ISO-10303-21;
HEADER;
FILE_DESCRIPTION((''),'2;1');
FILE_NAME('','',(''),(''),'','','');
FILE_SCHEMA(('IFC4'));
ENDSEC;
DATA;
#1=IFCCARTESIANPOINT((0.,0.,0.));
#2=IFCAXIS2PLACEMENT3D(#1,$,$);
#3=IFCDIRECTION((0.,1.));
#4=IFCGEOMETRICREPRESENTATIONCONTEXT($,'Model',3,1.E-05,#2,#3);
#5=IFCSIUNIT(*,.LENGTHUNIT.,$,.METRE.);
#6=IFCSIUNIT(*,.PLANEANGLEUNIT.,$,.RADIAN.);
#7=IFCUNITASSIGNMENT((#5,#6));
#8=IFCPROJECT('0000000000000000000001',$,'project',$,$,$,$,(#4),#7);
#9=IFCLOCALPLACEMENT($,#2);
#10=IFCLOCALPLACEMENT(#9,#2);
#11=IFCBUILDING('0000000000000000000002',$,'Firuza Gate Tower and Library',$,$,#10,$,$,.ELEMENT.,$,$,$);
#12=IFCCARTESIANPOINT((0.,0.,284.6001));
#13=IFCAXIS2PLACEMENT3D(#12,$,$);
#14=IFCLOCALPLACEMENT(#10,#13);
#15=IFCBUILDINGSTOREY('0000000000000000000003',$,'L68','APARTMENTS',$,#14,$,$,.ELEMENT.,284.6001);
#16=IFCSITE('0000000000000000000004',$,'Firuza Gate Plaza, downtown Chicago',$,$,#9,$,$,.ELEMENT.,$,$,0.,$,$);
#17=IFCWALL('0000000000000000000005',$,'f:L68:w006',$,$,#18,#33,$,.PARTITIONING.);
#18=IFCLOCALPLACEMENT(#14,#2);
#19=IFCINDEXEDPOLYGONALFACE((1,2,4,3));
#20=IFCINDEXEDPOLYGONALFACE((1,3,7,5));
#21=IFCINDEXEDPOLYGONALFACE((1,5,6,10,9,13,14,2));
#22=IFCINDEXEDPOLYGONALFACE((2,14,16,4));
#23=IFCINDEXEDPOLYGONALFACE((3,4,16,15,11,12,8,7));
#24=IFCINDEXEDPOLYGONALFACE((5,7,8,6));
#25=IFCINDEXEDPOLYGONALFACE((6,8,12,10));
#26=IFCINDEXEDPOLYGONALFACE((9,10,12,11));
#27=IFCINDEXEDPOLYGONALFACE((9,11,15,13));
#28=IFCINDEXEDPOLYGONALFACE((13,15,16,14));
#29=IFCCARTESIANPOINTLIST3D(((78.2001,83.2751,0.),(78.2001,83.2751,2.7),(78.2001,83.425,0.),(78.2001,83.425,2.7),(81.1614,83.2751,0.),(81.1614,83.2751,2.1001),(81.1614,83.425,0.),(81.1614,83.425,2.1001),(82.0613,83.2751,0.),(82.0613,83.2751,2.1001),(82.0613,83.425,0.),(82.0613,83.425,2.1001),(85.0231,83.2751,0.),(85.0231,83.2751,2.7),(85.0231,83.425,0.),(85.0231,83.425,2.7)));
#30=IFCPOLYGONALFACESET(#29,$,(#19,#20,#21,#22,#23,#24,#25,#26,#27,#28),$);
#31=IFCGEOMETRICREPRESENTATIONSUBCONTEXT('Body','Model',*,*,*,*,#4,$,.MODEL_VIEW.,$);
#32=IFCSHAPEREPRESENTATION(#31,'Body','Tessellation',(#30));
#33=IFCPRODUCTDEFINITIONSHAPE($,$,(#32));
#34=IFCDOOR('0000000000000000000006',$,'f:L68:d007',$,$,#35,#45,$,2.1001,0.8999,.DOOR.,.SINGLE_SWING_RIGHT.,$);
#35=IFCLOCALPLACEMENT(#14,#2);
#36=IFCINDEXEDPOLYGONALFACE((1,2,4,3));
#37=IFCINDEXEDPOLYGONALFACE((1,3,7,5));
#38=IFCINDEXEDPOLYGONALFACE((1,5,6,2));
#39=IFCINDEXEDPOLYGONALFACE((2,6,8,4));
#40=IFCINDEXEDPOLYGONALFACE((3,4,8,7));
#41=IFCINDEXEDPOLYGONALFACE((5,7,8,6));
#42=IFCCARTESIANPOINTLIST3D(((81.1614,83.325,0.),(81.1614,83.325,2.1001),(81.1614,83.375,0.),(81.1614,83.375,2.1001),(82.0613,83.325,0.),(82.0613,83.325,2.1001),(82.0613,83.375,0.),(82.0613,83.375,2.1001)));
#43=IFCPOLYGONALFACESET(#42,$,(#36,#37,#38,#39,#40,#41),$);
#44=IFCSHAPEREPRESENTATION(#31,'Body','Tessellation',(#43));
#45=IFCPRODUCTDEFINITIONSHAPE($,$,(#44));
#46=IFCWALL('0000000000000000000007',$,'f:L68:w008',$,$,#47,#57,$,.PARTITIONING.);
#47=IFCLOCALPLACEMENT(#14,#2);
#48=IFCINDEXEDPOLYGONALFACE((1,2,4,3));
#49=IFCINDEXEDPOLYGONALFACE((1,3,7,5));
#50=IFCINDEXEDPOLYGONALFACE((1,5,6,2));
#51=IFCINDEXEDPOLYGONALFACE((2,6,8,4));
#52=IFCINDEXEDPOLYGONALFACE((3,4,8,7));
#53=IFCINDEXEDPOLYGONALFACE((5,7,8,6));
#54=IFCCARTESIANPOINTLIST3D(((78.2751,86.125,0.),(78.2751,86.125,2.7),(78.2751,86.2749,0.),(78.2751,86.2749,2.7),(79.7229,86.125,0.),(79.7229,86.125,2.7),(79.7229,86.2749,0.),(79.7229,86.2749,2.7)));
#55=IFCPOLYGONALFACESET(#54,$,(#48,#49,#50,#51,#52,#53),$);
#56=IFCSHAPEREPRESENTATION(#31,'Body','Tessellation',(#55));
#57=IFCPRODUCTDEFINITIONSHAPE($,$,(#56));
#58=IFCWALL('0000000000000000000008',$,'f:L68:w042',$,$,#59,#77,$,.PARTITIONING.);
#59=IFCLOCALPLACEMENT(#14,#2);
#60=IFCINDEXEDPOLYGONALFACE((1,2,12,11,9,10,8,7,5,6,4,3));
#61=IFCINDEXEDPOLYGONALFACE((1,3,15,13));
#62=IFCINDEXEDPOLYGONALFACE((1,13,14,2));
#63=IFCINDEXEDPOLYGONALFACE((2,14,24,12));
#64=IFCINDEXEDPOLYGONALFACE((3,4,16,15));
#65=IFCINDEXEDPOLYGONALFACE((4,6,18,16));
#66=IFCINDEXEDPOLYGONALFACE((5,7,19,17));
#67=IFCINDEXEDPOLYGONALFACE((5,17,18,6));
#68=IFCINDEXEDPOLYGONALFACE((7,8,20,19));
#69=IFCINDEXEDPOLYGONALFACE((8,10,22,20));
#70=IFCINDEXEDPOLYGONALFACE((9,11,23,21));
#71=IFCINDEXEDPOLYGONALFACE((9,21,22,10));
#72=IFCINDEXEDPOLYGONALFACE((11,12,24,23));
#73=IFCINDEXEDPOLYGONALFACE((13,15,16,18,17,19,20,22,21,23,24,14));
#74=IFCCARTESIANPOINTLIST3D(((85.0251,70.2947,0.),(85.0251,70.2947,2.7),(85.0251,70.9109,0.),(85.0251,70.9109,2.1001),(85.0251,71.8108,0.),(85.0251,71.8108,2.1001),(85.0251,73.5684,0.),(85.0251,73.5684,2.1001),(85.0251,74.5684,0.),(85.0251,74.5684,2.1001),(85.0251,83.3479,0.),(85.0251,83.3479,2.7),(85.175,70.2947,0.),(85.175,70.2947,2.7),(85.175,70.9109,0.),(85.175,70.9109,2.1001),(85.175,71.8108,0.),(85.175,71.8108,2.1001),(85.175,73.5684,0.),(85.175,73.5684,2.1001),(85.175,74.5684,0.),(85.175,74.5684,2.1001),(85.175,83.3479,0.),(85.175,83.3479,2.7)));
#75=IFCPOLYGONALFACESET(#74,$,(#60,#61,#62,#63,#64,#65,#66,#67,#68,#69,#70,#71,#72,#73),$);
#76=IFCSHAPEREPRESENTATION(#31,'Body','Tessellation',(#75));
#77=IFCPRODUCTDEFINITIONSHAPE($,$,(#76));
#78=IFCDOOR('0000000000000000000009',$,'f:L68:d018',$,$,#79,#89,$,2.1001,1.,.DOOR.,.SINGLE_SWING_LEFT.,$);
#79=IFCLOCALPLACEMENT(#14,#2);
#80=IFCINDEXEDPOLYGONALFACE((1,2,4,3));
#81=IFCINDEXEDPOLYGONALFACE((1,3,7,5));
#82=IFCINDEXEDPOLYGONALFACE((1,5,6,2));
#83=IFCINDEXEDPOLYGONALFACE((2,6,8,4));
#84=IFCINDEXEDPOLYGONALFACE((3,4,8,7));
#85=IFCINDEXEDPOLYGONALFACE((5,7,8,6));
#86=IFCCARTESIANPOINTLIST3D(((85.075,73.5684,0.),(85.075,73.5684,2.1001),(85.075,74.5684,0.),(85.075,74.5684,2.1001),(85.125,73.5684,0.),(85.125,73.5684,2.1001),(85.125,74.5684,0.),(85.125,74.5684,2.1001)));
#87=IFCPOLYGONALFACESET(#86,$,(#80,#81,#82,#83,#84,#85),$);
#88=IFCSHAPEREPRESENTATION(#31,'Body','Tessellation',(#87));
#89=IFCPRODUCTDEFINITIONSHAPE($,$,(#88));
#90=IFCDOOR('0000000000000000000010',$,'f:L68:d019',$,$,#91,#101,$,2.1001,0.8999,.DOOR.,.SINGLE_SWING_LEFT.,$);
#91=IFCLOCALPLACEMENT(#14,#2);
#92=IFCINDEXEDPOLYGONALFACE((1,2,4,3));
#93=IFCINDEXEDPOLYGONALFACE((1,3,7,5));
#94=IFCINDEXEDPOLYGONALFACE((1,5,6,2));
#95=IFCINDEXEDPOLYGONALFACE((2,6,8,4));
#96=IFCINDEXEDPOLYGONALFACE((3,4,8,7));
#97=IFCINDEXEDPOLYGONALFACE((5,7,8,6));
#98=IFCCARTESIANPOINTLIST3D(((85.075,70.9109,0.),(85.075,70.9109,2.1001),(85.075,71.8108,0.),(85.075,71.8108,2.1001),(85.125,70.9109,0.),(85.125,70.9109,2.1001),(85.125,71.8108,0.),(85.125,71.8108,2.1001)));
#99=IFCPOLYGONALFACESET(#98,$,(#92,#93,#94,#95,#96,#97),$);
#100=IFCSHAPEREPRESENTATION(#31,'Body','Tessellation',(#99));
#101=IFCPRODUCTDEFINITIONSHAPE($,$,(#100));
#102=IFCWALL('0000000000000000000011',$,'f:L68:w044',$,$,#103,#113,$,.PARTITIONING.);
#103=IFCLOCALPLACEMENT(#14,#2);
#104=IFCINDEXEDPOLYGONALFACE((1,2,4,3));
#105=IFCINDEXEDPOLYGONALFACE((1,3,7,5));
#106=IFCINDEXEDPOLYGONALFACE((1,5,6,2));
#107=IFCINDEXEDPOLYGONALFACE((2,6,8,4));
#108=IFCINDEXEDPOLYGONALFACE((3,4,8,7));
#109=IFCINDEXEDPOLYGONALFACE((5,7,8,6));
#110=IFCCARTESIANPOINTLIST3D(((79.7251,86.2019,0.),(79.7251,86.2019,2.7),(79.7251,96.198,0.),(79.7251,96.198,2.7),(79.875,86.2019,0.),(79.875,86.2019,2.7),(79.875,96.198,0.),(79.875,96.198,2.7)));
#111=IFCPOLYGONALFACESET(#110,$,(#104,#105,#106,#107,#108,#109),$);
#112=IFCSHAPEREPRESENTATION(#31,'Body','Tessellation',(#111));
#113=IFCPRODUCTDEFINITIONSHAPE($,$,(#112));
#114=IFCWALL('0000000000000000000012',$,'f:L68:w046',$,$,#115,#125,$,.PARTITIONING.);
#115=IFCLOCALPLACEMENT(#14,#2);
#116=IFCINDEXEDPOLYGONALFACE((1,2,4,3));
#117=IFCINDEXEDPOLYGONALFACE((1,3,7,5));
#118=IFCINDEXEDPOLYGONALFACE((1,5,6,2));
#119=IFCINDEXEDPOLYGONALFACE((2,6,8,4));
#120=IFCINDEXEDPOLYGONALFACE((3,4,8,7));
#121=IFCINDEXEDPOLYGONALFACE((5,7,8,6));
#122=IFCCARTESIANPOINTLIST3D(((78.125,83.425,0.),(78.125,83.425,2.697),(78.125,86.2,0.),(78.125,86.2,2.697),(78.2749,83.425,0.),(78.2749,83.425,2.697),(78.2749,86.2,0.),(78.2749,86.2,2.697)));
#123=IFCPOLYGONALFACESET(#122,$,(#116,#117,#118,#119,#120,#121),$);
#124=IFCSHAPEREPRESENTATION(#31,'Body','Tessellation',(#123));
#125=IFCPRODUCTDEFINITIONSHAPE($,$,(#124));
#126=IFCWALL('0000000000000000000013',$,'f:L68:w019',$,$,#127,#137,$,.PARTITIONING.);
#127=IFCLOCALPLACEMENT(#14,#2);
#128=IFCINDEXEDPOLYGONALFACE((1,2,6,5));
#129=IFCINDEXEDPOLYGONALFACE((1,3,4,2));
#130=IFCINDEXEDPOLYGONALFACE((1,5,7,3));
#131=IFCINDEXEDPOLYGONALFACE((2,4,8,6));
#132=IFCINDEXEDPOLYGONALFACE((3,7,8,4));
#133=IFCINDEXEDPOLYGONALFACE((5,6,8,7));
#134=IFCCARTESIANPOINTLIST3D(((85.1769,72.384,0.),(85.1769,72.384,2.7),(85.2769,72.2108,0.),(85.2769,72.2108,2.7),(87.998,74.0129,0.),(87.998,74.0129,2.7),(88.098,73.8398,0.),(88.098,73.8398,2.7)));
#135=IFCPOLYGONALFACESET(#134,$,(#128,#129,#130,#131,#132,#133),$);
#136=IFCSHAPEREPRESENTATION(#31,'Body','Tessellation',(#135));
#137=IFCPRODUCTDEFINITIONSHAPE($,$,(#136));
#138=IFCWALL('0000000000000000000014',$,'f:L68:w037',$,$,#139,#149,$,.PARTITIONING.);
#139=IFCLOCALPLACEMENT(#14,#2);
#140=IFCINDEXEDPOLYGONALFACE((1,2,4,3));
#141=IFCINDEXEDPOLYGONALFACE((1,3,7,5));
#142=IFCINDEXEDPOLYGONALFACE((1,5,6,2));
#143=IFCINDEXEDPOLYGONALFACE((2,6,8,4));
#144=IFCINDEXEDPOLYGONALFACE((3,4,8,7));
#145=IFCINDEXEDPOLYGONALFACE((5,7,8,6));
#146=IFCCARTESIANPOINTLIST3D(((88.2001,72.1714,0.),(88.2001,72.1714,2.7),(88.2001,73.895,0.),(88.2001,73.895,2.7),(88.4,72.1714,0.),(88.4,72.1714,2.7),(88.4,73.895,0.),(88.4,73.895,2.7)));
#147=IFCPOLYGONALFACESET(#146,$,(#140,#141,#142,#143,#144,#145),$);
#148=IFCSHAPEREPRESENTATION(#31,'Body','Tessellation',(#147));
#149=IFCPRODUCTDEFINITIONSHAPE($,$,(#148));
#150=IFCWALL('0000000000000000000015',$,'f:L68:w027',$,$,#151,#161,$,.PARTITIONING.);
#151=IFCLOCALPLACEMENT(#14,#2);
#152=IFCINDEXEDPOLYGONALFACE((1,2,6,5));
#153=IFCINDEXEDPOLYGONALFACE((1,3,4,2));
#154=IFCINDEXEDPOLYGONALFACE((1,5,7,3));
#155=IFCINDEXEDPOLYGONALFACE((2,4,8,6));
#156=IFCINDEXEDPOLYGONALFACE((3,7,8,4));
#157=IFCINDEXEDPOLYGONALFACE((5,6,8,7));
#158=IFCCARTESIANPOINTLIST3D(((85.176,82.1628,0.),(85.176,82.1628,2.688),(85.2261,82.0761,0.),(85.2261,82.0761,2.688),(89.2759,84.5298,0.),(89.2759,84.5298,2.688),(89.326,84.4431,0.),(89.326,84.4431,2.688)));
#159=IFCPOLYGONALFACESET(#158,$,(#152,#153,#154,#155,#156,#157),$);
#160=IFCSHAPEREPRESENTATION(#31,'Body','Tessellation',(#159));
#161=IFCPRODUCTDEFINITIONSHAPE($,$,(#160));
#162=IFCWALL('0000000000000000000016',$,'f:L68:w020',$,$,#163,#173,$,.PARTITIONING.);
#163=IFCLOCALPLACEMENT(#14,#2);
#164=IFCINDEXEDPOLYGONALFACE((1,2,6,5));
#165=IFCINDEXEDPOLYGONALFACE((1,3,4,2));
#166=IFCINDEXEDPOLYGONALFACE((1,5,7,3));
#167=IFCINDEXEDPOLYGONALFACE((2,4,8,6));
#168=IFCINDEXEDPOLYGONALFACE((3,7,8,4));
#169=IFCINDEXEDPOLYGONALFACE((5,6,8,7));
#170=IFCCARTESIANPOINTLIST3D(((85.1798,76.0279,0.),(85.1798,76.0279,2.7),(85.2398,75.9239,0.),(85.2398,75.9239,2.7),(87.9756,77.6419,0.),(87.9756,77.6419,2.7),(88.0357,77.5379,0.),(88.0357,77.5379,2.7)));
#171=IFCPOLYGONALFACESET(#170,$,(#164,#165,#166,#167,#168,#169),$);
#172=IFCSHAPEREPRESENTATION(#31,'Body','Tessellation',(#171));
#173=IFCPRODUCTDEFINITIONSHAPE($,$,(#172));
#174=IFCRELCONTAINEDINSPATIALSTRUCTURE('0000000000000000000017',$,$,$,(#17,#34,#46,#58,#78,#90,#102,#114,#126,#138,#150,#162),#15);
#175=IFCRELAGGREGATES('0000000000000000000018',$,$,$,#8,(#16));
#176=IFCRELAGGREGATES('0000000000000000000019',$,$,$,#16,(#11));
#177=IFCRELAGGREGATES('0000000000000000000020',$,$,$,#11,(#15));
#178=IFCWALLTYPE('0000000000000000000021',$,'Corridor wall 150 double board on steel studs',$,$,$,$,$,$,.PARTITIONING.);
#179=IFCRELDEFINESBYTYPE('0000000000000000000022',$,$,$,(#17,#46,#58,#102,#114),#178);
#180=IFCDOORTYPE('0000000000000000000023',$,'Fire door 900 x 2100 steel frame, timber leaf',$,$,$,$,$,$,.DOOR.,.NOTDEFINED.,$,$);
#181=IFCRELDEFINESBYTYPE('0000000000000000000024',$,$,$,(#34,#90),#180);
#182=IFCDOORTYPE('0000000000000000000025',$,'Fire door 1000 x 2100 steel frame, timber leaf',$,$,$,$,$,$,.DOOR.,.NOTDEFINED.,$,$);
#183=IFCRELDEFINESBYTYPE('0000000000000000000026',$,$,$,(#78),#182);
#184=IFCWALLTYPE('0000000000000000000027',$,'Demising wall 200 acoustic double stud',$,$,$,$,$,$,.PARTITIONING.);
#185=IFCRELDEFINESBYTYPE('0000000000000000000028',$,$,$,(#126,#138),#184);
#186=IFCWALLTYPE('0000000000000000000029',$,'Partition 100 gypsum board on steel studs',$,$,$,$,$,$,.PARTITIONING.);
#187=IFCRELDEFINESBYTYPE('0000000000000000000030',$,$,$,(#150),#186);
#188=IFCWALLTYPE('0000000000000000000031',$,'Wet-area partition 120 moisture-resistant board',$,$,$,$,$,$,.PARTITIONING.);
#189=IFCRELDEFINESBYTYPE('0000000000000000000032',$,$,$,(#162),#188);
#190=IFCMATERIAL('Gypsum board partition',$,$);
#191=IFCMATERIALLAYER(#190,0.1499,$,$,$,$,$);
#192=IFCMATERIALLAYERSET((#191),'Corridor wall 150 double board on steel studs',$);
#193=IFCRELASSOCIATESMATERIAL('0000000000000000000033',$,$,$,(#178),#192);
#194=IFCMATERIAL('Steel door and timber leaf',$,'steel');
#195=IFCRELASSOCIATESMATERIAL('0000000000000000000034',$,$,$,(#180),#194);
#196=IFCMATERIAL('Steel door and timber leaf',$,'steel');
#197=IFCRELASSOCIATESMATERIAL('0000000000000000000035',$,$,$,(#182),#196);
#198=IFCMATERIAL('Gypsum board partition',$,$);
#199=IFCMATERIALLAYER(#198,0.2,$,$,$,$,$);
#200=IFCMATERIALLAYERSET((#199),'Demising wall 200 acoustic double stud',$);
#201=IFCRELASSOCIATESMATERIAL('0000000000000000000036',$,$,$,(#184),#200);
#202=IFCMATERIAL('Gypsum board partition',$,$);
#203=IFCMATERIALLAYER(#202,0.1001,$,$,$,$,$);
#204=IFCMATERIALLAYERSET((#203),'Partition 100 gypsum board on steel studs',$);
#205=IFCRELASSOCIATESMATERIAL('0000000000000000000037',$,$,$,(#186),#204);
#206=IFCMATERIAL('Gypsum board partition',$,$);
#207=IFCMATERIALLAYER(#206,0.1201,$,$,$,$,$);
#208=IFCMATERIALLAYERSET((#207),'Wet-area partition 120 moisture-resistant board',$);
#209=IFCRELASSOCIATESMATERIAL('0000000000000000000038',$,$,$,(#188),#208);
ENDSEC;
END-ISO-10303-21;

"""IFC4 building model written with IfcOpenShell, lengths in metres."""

from ifc_helpers import new_model, si_unit, direction, frame, frame_2d, origin, place, context, subcontext, project, spatial, rectangle, extrude, material, layer, layer_set, type_object, element, fill, save


model = new_model("IFC4")

# Units and contexts
model_context = context("Model", 3, precision=1e-05, world=origin(), true_north=direction((0.0, 1.0)))
body_context = subcontext(model_context, "Body", "Model", "MODEL_VIEW")
ifc_project = project(units=[si_unit("LENGTHUNIT", "METRE"), si_unit("PLANEANGLEUNIT", "RADIAN")], contexts=[model_context])

# Site, building, storey
site_placement = place(None, origin())
site = spatial("IfcSite", under=ifc_project, at=site_placement, Name="Firuza Gate Plaza, downtown Chicago", CompositionType="ELEMENT", RefElevation=0.0)
building_placement = place(site_placement, origin())
building = spatial("IfcBuilding", under=site, at=building_placement, Name="Firuza Gate Tower and Library", CompositionType="ELEMENT")
storey_placement = place(building_placement, frame((0.0, 0.0, 284.6001)))
storey = spatial("IfcBuildingStorey", under=building, at=storey_placement, Name="L68", Description="APARTMENTS", CompositionType="ELEMENT", Elevation=284.6001)

# Wall, opening, door
ifc_material_1 = material(Name="Gypsum board partition")
ifc_layer_1 = layer(ifc_material_1, 0.1499)
ifc_layer_set_1 = layer_set([ifc_layer_1], Name="Corridor wall 150 double board on steel studs")
wall_type_1 = type_object("IfcWallType", Name="Corridor wall 150 double board on steel studs", PredefinedType="PARTITIONING", material=ifc_layer_set_1)
wall_1_placement = place(storey_placement, frame((78.2, 83.3501, 0.0), z_axis=(0.0, 0.0, 1.0), x_axis=(1.0, 0.0, 0.0)))
wall_1 = element("IfcWall", 1, at=wall_1_placement, inside=storey, type_object=wall_type_1, Name="f:L68:w006", PredefinedType="PARTITIONING", context=body_context, shape_type="SweptSolid", body=[
    extrude(rectangle(XDim=6.823, YDim=0.1499, at=frame_2d((3.4116, 0.0))), origin(), (0.0, 0.0, 1.0), 2.7),
])
opening_1_placement = place(wall_1_placement, frame((2.9614, 0.0, 0.0)))
opening_1 = element("IfcOpeningElement", 2, at=opening_1_placement, cuts=wall_1, PredefinedType="OPENING", context=body_context, shape_type="SweptSolid", body=[
    extrude(rectangle(XDim=0.8999, YDim=2.1001, at=frame_2d((0.45, 1.05))), frame((0.0, 0.085, 0.0), z_axis=(0.0, -1.0, 0.0), x_axis=(1.0, 0.0, 0.0)), (0.0, 0.0, 1.0), 0.1699),
])
ifc_material_2 = material(Name="Steel door and timber leaf", Category="steel")
door_type_1 = type_object("IfcDoorType", Name="Fire door 900 x 2100 steel frame, timber leaf", OperationType="NOTDEFINED", PredefinedType="DOOR", material=ifc_material_2)
door_1_placement = place(opening_1_placement, origin())
door_1 = element("IfcDoor", 3, at=door_1_placement, inside=storey, type_object=door_type_1, Name="f:L68:d007", OperationType="SINGLE_SWING_RIGHT", OverallHeight=2.1001, OverallWidth=0.8999, PredefinedType="DOOR", context=body_context, shape_type="SweptSolid", body=[
    extrude(rectangle(XDim=0.8999, YDim=2.1001, at=frame_2d((0.45, 1.05))), frame((0.0, 0.0249, 0.0), z_axis=(0.0, -1.0, 0.0), x_axis=(1.0, 0.0, 0.0)), (0.0, 0.0, 1.0), 0.05),
])
fill(opening_1, door_1)

# Wall
wall_2_placement = place(storey_placement, frame((78.2751, 86.2, 0.0), z_axis=(0.0, 0.0, 1.0), x_axis=(1.0, 0.0, 0.0)))
element("IfcWall", 4, at=wall_2_placement, inside=storey, type_object=wall_type_1, Name="f:L68:w008", PredefinedType="PARTITIONING", context=body_context, shape_type="SweptSolid", body=[
    extrude(rectangle(XDim=1.4478, YDim=0.1499, at=frame_2d((0.7239, 0.0))), origin(), (0.0, 0.0, 1.0), 2.7),
])

# Wall, openings, doors
wall_3_placement = place(storey_placement, frame((85.1001, 83.3479, 0.0), z_axis=(0.0, 0.0, 1.0), x_axis=(0.0, -1.0, 0.0)))
wall_3 = element("IfcWall", 5, at=wall_3_placement, inside=storey, type_object=wall_type_1, Name="f:L68:w042", PredefinedType="PARTITIONING", context=body_context, shape_type="SweptSolid", body=[
    extrude(rectangle(XDim=13.0532, YDim=0.1499, at=frame_2d((6.5266, 0.0))), origin(), (0.0, 0.0, 1.0), 2.7),
])
opening_2_placement = place(wall_3_placement, frame((8.7795, 0.0, 0.0)))
opening_2 = element("IfcOpeningElement", 6, at=opening_2_placement, cuts=wall_3, PredefinedType="OPENING", context=body_context, shape_type="SweptSolid", body=[
    extrude(rectangle(XDim=1.0, YDim=2.1001, at=frame_2d((0.5, 1.05))), frame((0.0, 0.085, 0.0), z_axis=(0.0, -1.0, 0.0), x_axis=(1.0, 0.0, 0.0)), (0.0, 0.0, 1.0), 0.1699),
])
opening_3_placement = place(wall_3_placement, frame((11.5371, 0.0, 0.0)))
opening_3 = element("IfcOpeningElement", 7, at=opening_3_placement, cuts=wall_3, PredefinedType="OPENING", context=body_context, shape_type="SweptSolid", body=[
    extrude(rectangle(XDim=0.8999, YDim=2.1001, at=frame_2d((0.45, 1.05))), frame((0.0, 0.085, 0.0), z_axis=(0.0, -1.0, 0.0), x_axis=(1.0, 0.0, 0.0)), (0.0, 0.0, 1.0), 0.1699),
])
ifc_material_3 = material(Name="Steel door and timber leaf", Category="steel")
door_type_2 = type_object("IfcDoorType", Name="Fire door 1000 x 2100 steel frame, timber leaf", OperationType="NOTDEFINED", PredefinedType="DOOR", material=ifc_material_3)
door_2_placement = place(opening_2_placement, origin())
door_2 = element("IfcDoor", 8, at=door_2_placement, inside=storey, type_object=door_type_2, Name="f:L68:d018", OperationType="SINGLE_SWING_LEFT", OverallHeight=2.1001, OverallWidth=1.0, PredefinedType="DOOR", context=body_context, shape_type="SweptSolid", body=[
    extrude(rectangle(XDim=1.0, YDim=2.1001, at=frame_2d((0.5, 1.05))), frame((0.0, 0.0249, 0.0), z_axis=(0.0, -1.0, 0.0), x_axis=(1.0, 0.0, 0.0)), (0.0, 0.0, 1.0), 0.05),
])
fill(opening_2, door_2)
door_3_placement = place(opening_3_placement, origin())
door_3 = element("IfcDoor", 9, at=door_3_placement, inside=storey, type_object=door_type_1, Name="f:L68:d019", OperationType="SINGLE_SWING_LEFT", OverallHeight=2.1001, OverallWidth=0.8999, PredefinedType="DOOR", context=body_context, shape_type="SweptSolid", body=[
    extrude(rectangle(XDim=0.8999, YDim=2.1001, at=frame_2d((0.45, 1.05))), frame((0.0, 0.0249, 0.0), z_axis=(0.0, -1.0, 0.0), x_axis=(1.0, 0.0, 0.0)), (0.0, 0.0, 1.0), 0.05),
])
fill(opening_3, door_3)

# Walls
wall_4_placement = place(storey_placement, frame((79.8, 86.2019, 0.0), z_axis=(0.0, 0.0, 1.0), x_axis=(0.0, 1.0, 0.0)))
element("IfcWall", 10, at=wall_4_placement, inside=storey, type_object=wall_type_1, Name="f:L68:w044", PredefinedType="PARTITIONING", context=body_context, shape_type="SweptSolid", body=[
    extrude(rectangle(XDim=9.9961, YDim=0.1499, at=frame_2d((4.998, 0.0))), origin(), (0.0, 0.0, 1.0), 2.7),
])
wall_5_placement = place(storey_placement, frame((78.2, 83.425, 0.0), z_axis=(0.0, 0.0, 1.0), x_axis=(0.0, 1.0, 0.0)))
element("IfcWall", 11, at=wall_5_placement, inside=storey, type_object=wall_type_1, Name="f:L68:w046", PredefinedType="PARTITIONING", context=body_context, shape_type="SweptSolid", body=[
    extrude(rectangle(XDim=2.7749, YDim=0.1499, at=frame_2d((1.3875, 0.0))), origin(), (0.0, 0.0, 1.0), 2.697),
])
ifc_material_4 = material(Name="Gypsum board partition")
ifc_layer_2 = layer(ifc_material_4, 0.2)
ifc_layer_set_2 = layer_set([ifc_layer_2], Name="Demising wall 200 acoustic double stud")
wall_type_2 = type_object("IfcWallType", Name="Demising wall 200 acoustic double stud", PredefinedType="PARTITIONING", material=ifc_layer_set_2)
wall_6_placement = place(storey_placement, frame((85.2268, 72.2974, 0.0), z_axis=(0.0, 0.0, 1.0), x_axis=(0.866002, 0.50004, 0.0)))
element("IfcWall", 12, at=wall_6_placement, inside=storey, type_object=wall_type_2, Name="f:L68:w019", PredefinedType="PARTITIONING", context=body_context, shape_type="SweptSolid", body=[
    extrude(rectangle(XDim=3.2576, YDim=0.2, at=frame_2d((1.6289, 0.0))), origin(), (0.0, 0.0, 1.0), 2.7),
])
wall_7_placement = place(storey_placement, frame((88.3, 72.1714, 0.0), z_axis=(0.0, 0.0, 1.0), x_axis=(0.0, 1.0, 0.0)))
element("IfcWall", 13, at=wall_7_placement, inside=storey, type_object=wall_type_2, Name="f:L68:w037", PredefinedType="PARTITIONING", context=body_context, shape_type="SweptSolid", body=[
    extrude(rectangle(XDim=1.7236, YDim=0.2, at=frame_2d((0.8618, 0.0))), origin(), (0.0, 0.0, 1.0), 2.7),
])
ifc_material_5 = material(Name="Gypsum board partition")
ifc_layer_3 = layer(ifc_material_5, 0.1001)
ifc_layer_set_3 = layer_set([ifc_layer_3], Name="Partition 100 gypsum board on steel studs")
wall_type_3 = type_object("IfcWallType", Name="Partition 100 gypsum board on steel studs", PredefinedType="PARTITIONING", material=ifc_layer_set_3)
wall_8_placement = place(storey_placement, frame((85.2009, 82.1194, 0.0), z_axis=(0.0, 0.0, 1.0), x_axis=(0.866035, 0.499983, 0.0)))
element("IfcWall", 14, at=wall_8_placement, inside=storey, type_object=wall_type_3, Name="f:L68:w027", PredefinedType="PARTITIONING", context=body_context, shape_type="SweptSolid", body=[
    extrude(rectangle(XDim=4.7341, YDim=0.1001, at=frame_2d((2.3672, 0.0))), origin(), (0.0, 0.0, 1.0), 2.688),
])
ifc_material_6 = material(Name="Gypsum board partition")
ifc_layer_4 = layer(ifc_material_6, 0.1201)
ifc_layer_set_4 = layer_set([ifc_layer_4], Name="Wet-area partition 120 moisture-resistant board")
wall_type_4 = type_object("IfcWallType", Name="Wet-area partition 120 moisture-resistant board", PredefinedType="PARTITIONING", material=ifc_layer_set_4)
wall_9_placement = place(storey_placement, frame((85.2097, 75.9758, 0.0), z_axis=(0.0, 0.0, 1.0), x_axis=(0.866052, 0.499954, 0.0)))
element("IfcWall", 15, at=wall_9_placement, inside=storey, type_object=wall_type_4, Name="f:L68:w020", PredefinedType="PARTITIONING", context=body_context, shape_type="SweptSolid", body=[
    extrude(rectangle(XDim=3.2283, YDim=0.1201, at=frame_2d((1.6143, 0.0))), origin(), (0.0, 0.0, 1.0), 2.7),
])

save(model, "model.ifc")
